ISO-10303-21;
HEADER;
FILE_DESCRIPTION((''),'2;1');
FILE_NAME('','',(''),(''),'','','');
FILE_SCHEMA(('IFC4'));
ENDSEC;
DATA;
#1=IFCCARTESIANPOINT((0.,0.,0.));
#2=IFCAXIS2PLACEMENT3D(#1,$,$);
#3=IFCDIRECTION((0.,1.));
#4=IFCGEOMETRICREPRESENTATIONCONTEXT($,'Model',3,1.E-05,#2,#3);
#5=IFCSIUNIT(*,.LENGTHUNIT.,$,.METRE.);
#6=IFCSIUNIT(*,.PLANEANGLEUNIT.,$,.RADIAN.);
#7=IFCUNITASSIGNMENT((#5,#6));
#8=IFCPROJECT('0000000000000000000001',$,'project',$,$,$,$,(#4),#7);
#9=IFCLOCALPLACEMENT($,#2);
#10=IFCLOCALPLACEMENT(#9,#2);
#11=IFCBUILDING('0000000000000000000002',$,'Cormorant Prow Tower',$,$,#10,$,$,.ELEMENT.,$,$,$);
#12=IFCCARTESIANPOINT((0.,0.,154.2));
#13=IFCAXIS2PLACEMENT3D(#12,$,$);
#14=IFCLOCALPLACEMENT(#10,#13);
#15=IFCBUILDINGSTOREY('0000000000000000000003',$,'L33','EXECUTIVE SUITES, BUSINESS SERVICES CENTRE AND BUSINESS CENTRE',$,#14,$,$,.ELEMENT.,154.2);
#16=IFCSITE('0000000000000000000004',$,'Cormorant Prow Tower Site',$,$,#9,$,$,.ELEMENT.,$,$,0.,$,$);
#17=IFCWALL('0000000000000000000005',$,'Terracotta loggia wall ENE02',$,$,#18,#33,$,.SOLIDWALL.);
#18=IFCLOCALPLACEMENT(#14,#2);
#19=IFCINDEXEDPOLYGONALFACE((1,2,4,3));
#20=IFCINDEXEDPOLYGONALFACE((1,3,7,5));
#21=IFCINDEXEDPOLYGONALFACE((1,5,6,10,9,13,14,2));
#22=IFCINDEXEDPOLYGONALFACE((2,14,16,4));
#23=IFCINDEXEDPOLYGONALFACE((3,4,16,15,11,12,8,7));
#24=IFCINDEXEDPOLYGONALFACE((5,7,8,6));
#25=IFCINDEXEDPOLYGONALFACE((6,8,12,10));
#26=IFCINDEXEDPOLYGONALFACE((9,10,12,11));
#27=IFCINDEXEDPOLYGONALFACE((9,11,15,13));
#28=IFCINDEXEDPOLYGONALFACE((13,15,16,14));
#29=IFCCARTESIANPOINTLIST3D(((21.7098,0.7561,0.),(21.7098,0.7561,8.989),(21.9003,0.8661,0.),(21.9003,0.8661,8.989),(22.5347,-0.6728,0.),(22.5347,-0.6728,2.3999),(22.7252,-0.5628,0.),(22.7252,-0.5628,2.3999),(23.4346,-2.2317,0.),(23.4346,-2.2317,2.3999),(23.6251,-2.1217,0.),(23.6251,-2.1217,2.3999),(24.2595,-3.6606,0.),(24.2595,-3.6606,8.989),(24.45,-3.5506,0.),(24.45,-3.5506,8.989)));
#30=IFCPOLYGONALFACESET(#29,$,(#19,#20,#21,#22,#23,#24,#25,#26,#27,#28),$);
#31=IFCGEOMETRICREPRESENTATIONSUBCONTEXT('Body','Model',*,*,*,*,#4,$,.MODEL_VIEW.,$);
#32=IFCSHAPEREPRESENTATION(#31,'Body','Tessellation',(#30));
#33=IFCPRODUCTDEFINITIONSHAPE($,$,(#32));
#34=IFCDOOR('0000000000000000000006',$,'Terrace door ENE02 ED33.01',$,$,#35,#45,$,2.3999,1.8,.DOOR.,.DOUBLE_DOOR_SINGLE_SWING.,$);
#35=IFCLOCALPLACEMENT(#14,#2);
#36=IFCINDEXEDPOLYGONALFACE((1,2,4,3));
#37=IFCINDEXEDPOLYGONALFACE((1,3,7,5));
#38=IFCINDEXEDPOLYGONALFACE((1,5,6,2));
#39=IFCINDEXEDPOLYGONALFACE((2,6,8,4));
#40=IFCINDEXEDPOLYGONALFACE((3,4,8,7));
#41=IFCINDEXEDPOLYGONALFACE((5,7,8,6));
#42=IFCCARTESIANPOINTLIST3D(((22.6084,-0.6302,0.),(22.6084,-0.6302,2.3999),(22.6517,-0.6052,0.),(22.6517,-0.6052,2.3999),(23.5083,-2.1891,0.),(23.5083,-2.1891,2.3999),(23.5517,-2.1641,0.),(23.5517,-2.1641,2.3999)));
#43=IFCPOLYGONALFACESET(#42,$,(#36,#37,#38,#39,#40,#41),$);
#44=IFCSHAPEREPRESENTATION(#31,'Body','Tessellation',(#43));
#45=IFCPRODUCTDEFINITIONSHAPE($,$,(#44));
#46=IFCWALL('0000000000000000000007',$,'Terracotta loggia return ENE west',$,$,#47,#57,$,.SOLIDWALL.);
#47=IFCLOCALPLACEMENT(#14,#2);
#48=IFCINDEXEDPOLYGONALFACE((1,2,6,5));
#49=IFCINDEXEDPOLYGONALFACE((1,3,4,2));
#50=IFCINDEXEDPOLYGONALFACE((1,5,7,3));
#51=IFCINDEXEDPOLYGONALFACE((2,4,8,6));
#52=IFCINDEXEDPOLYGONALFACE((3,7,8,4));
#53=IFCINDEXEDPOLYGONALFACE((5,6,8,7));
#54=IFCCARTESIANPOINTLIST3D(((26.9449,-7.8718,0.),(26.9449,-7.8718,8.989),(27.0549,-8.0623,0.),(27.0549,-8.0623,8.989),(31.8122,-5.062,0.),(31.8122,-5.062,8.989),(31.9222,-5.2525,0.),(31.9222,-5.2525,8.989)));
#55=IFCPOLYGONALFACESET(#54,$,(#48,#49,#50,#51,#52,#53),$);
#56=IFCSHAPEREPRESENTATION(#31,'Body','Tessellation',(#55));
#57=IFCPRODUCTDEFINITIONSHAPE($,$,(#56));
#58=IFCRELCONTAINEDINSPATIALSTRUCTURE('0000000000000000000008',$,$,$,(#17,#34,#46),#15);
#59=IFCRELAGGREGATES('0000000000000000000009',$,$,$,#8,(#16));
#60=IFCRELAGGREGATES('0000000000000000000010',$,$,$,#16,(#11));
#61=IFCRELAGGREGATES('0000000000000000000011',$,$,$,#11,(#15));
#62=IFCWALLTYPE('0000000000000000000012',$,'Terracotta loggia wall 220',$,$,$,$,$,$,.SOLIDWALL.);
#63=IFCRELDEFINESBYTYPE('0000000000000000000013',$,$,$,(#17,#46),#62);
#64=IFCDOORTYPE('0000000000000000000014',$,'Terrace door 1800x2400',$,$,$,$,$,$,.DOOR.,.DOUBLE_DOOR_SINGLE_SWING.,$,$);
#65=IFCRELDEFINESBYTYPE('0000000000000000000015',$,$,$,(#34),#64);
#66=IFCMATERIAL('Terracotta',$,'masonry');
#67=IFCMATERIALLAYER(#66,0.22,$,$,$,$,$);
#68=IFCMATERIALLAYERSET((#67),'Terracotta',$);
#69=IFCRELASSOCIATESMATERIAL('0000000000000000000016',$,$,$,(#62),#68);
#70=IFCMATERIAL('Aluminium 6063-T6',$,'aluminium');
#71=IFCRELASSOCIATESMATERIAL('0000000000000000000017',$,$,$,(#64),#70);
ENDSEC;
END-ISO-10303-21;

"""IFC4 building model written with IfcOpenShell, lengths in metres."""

from ifc_helpers import new_model, si_unit, direction, frame, frame_2d, origin, place, context, subcontext, project, spatial, rectangle, extrude, material, layer, layer_set, type_object, element, fill, save


model = new_model("IFC4")

# Units and contexts
model_context = context("Model", 3, precision=1e-05, world=origin(), true_north=direction((0.0, 1.0)))
body_context = subcontext(model_context, "Body", "Model", "MODEL_VIEW")
ifc_project = project(units=[si_unit("LENGTHUNIT", "METRE"), si_unit("PLANEANGLEUNIT", "RADIAN")], contexts=[model_context])

# Site, building, storey
site_placement = place(None, origin())
site = spatial("IfcSite", under=ifc_project, at=site_placement, Name="Cormorant Prow Tower Site", CompositionType="ELEMENT", RefElevation=0.0)
building_placement = place(site_placement, origin())
building = spatial("IfcBuilding", under=site, at=building_placement, Name="Cormorant Prow Tower", CompositionType="ELEMENT")
storey_placement = place(building_placement, frame((0.0, 0.0, 154.2)))
storey = spatial("IfcBuildingStorey", under=building, at=storey_placement, Name="L33", Description="EXECUTIVE SUITES, BUSINESS SERVICES CENTRE AND BUSINESS CENTRE", CompositionType="ELEMENT", Elevation=154.2)

# Wall, opening, door
ifc_material_1 = material(Name="Terracotta", Category="masonry")
ifc_layer_1 = layer(ifc_material_1, 0.22)
ifc_layer_set_1 = layer_set([ifc_layer_1], Name="Terracotta")
wall_type = type_object("IfcWallType", Name="Terracotta loggia wall 220", PredefinedType="SOLIDWALL", material=ifc_layer_set_1)
wall_1_placement = place(storey_placement, frame((24.3547, -3.6055, 0.0), z_axis=(0.0, 0.0, 1.0), x_axis=(-0.49997, 0.866043, 0.0)))
wall_1 = element("IfcWall", 1, at=wall_1_placement, inside=storey, type_object=wall_type, Name="Terracotta loggia wall ENE02", PredefinedType="SOLIDWALL", context=body_context, shape_type="SweptSolid", body=[
    extrude(rectangle(XDim=5.0999, YDim=0.22, at=frame_2d((2.5498, 0.0))), origin(), (0.0, 0.0, 1.0), 8.989),
])
opening_placement = place(wall_1_placement, frame((1.6499, 0.0, 0.0)))
opening = element("IfcOpeningElement", 2, at=opening_placement, cuts=wall_1, PredefinedType="OPENING", context=body_context, shape_type="SweptSolid", body=[
    extrude(rectangle(XDim=1.8, YDim=2.3999, at=frame_2d((0.8999, 1.2))), frame((0.0, 0.1199, 0.0), z_axis=(0.0, -1.0, 0.0), x_axis=(1.0, 0.0, 0.0)), (0.0, 0.0, 1.0), 0.24),
])
ifc_material_2 = material(Name="Aluminium 6063-T6", Category="aluminium")
door_type = type_object("IfcDoorType", Name="Terrace door 1800x2400", OperationType="DOUBLE_DOOR_SINGLE_SWING", PredefinedType="DOOR", material=ifc_material_2)
door_placement = place(opening_placement, origin())
door = element("IfcDoor", 3, at=door_placement, inside=storey, type_object=door_type, Name="Terrace door ENE02 ED33.01", OperationType="DOUBLE_DOOR_SINGLE_SWING", OverallHeight=2.3999, OverallWidth=1.8, PredefinedType="DOOR", context=body_context, shape_type="SweptSolid", body=[
    extrude(rectangle(XDim=1.8, YDim=2.3999, at=frame_2d((0.8999, 1.2))), frame((0.0, 0.0249, 0.0), z_axis=(0.0, -1.0, 0.0), x_axis=(1.0, 0.0, 0.0)), (0.0, 0.0, 1.0), 0.05),
])
fill(opening, door)

# Wall
wall_2_placement = place(storey_placement, frame((31.8672, -5.1572, 0.0), z_axis=(0.0, 0.0, 1.0), x_axis=(-0.866045, -0.499966, 0.0)))
element("IfcWall", 4, at=wall_2_placement, inside=storey, type_object=wall_type, Name="Terracotta loggia return ENE west", PredefinedType="SOLIDWALL", context=body_context, shape_type="SweptSolid", body=[
    extrude(rectangle(XDim=5.6201, YDim=0.22, at=frame_2d((2.8101, 0.0))), origin(), (0.0, 0.0, 1.0), 8.989),
])

save(model, "model.ifc")
